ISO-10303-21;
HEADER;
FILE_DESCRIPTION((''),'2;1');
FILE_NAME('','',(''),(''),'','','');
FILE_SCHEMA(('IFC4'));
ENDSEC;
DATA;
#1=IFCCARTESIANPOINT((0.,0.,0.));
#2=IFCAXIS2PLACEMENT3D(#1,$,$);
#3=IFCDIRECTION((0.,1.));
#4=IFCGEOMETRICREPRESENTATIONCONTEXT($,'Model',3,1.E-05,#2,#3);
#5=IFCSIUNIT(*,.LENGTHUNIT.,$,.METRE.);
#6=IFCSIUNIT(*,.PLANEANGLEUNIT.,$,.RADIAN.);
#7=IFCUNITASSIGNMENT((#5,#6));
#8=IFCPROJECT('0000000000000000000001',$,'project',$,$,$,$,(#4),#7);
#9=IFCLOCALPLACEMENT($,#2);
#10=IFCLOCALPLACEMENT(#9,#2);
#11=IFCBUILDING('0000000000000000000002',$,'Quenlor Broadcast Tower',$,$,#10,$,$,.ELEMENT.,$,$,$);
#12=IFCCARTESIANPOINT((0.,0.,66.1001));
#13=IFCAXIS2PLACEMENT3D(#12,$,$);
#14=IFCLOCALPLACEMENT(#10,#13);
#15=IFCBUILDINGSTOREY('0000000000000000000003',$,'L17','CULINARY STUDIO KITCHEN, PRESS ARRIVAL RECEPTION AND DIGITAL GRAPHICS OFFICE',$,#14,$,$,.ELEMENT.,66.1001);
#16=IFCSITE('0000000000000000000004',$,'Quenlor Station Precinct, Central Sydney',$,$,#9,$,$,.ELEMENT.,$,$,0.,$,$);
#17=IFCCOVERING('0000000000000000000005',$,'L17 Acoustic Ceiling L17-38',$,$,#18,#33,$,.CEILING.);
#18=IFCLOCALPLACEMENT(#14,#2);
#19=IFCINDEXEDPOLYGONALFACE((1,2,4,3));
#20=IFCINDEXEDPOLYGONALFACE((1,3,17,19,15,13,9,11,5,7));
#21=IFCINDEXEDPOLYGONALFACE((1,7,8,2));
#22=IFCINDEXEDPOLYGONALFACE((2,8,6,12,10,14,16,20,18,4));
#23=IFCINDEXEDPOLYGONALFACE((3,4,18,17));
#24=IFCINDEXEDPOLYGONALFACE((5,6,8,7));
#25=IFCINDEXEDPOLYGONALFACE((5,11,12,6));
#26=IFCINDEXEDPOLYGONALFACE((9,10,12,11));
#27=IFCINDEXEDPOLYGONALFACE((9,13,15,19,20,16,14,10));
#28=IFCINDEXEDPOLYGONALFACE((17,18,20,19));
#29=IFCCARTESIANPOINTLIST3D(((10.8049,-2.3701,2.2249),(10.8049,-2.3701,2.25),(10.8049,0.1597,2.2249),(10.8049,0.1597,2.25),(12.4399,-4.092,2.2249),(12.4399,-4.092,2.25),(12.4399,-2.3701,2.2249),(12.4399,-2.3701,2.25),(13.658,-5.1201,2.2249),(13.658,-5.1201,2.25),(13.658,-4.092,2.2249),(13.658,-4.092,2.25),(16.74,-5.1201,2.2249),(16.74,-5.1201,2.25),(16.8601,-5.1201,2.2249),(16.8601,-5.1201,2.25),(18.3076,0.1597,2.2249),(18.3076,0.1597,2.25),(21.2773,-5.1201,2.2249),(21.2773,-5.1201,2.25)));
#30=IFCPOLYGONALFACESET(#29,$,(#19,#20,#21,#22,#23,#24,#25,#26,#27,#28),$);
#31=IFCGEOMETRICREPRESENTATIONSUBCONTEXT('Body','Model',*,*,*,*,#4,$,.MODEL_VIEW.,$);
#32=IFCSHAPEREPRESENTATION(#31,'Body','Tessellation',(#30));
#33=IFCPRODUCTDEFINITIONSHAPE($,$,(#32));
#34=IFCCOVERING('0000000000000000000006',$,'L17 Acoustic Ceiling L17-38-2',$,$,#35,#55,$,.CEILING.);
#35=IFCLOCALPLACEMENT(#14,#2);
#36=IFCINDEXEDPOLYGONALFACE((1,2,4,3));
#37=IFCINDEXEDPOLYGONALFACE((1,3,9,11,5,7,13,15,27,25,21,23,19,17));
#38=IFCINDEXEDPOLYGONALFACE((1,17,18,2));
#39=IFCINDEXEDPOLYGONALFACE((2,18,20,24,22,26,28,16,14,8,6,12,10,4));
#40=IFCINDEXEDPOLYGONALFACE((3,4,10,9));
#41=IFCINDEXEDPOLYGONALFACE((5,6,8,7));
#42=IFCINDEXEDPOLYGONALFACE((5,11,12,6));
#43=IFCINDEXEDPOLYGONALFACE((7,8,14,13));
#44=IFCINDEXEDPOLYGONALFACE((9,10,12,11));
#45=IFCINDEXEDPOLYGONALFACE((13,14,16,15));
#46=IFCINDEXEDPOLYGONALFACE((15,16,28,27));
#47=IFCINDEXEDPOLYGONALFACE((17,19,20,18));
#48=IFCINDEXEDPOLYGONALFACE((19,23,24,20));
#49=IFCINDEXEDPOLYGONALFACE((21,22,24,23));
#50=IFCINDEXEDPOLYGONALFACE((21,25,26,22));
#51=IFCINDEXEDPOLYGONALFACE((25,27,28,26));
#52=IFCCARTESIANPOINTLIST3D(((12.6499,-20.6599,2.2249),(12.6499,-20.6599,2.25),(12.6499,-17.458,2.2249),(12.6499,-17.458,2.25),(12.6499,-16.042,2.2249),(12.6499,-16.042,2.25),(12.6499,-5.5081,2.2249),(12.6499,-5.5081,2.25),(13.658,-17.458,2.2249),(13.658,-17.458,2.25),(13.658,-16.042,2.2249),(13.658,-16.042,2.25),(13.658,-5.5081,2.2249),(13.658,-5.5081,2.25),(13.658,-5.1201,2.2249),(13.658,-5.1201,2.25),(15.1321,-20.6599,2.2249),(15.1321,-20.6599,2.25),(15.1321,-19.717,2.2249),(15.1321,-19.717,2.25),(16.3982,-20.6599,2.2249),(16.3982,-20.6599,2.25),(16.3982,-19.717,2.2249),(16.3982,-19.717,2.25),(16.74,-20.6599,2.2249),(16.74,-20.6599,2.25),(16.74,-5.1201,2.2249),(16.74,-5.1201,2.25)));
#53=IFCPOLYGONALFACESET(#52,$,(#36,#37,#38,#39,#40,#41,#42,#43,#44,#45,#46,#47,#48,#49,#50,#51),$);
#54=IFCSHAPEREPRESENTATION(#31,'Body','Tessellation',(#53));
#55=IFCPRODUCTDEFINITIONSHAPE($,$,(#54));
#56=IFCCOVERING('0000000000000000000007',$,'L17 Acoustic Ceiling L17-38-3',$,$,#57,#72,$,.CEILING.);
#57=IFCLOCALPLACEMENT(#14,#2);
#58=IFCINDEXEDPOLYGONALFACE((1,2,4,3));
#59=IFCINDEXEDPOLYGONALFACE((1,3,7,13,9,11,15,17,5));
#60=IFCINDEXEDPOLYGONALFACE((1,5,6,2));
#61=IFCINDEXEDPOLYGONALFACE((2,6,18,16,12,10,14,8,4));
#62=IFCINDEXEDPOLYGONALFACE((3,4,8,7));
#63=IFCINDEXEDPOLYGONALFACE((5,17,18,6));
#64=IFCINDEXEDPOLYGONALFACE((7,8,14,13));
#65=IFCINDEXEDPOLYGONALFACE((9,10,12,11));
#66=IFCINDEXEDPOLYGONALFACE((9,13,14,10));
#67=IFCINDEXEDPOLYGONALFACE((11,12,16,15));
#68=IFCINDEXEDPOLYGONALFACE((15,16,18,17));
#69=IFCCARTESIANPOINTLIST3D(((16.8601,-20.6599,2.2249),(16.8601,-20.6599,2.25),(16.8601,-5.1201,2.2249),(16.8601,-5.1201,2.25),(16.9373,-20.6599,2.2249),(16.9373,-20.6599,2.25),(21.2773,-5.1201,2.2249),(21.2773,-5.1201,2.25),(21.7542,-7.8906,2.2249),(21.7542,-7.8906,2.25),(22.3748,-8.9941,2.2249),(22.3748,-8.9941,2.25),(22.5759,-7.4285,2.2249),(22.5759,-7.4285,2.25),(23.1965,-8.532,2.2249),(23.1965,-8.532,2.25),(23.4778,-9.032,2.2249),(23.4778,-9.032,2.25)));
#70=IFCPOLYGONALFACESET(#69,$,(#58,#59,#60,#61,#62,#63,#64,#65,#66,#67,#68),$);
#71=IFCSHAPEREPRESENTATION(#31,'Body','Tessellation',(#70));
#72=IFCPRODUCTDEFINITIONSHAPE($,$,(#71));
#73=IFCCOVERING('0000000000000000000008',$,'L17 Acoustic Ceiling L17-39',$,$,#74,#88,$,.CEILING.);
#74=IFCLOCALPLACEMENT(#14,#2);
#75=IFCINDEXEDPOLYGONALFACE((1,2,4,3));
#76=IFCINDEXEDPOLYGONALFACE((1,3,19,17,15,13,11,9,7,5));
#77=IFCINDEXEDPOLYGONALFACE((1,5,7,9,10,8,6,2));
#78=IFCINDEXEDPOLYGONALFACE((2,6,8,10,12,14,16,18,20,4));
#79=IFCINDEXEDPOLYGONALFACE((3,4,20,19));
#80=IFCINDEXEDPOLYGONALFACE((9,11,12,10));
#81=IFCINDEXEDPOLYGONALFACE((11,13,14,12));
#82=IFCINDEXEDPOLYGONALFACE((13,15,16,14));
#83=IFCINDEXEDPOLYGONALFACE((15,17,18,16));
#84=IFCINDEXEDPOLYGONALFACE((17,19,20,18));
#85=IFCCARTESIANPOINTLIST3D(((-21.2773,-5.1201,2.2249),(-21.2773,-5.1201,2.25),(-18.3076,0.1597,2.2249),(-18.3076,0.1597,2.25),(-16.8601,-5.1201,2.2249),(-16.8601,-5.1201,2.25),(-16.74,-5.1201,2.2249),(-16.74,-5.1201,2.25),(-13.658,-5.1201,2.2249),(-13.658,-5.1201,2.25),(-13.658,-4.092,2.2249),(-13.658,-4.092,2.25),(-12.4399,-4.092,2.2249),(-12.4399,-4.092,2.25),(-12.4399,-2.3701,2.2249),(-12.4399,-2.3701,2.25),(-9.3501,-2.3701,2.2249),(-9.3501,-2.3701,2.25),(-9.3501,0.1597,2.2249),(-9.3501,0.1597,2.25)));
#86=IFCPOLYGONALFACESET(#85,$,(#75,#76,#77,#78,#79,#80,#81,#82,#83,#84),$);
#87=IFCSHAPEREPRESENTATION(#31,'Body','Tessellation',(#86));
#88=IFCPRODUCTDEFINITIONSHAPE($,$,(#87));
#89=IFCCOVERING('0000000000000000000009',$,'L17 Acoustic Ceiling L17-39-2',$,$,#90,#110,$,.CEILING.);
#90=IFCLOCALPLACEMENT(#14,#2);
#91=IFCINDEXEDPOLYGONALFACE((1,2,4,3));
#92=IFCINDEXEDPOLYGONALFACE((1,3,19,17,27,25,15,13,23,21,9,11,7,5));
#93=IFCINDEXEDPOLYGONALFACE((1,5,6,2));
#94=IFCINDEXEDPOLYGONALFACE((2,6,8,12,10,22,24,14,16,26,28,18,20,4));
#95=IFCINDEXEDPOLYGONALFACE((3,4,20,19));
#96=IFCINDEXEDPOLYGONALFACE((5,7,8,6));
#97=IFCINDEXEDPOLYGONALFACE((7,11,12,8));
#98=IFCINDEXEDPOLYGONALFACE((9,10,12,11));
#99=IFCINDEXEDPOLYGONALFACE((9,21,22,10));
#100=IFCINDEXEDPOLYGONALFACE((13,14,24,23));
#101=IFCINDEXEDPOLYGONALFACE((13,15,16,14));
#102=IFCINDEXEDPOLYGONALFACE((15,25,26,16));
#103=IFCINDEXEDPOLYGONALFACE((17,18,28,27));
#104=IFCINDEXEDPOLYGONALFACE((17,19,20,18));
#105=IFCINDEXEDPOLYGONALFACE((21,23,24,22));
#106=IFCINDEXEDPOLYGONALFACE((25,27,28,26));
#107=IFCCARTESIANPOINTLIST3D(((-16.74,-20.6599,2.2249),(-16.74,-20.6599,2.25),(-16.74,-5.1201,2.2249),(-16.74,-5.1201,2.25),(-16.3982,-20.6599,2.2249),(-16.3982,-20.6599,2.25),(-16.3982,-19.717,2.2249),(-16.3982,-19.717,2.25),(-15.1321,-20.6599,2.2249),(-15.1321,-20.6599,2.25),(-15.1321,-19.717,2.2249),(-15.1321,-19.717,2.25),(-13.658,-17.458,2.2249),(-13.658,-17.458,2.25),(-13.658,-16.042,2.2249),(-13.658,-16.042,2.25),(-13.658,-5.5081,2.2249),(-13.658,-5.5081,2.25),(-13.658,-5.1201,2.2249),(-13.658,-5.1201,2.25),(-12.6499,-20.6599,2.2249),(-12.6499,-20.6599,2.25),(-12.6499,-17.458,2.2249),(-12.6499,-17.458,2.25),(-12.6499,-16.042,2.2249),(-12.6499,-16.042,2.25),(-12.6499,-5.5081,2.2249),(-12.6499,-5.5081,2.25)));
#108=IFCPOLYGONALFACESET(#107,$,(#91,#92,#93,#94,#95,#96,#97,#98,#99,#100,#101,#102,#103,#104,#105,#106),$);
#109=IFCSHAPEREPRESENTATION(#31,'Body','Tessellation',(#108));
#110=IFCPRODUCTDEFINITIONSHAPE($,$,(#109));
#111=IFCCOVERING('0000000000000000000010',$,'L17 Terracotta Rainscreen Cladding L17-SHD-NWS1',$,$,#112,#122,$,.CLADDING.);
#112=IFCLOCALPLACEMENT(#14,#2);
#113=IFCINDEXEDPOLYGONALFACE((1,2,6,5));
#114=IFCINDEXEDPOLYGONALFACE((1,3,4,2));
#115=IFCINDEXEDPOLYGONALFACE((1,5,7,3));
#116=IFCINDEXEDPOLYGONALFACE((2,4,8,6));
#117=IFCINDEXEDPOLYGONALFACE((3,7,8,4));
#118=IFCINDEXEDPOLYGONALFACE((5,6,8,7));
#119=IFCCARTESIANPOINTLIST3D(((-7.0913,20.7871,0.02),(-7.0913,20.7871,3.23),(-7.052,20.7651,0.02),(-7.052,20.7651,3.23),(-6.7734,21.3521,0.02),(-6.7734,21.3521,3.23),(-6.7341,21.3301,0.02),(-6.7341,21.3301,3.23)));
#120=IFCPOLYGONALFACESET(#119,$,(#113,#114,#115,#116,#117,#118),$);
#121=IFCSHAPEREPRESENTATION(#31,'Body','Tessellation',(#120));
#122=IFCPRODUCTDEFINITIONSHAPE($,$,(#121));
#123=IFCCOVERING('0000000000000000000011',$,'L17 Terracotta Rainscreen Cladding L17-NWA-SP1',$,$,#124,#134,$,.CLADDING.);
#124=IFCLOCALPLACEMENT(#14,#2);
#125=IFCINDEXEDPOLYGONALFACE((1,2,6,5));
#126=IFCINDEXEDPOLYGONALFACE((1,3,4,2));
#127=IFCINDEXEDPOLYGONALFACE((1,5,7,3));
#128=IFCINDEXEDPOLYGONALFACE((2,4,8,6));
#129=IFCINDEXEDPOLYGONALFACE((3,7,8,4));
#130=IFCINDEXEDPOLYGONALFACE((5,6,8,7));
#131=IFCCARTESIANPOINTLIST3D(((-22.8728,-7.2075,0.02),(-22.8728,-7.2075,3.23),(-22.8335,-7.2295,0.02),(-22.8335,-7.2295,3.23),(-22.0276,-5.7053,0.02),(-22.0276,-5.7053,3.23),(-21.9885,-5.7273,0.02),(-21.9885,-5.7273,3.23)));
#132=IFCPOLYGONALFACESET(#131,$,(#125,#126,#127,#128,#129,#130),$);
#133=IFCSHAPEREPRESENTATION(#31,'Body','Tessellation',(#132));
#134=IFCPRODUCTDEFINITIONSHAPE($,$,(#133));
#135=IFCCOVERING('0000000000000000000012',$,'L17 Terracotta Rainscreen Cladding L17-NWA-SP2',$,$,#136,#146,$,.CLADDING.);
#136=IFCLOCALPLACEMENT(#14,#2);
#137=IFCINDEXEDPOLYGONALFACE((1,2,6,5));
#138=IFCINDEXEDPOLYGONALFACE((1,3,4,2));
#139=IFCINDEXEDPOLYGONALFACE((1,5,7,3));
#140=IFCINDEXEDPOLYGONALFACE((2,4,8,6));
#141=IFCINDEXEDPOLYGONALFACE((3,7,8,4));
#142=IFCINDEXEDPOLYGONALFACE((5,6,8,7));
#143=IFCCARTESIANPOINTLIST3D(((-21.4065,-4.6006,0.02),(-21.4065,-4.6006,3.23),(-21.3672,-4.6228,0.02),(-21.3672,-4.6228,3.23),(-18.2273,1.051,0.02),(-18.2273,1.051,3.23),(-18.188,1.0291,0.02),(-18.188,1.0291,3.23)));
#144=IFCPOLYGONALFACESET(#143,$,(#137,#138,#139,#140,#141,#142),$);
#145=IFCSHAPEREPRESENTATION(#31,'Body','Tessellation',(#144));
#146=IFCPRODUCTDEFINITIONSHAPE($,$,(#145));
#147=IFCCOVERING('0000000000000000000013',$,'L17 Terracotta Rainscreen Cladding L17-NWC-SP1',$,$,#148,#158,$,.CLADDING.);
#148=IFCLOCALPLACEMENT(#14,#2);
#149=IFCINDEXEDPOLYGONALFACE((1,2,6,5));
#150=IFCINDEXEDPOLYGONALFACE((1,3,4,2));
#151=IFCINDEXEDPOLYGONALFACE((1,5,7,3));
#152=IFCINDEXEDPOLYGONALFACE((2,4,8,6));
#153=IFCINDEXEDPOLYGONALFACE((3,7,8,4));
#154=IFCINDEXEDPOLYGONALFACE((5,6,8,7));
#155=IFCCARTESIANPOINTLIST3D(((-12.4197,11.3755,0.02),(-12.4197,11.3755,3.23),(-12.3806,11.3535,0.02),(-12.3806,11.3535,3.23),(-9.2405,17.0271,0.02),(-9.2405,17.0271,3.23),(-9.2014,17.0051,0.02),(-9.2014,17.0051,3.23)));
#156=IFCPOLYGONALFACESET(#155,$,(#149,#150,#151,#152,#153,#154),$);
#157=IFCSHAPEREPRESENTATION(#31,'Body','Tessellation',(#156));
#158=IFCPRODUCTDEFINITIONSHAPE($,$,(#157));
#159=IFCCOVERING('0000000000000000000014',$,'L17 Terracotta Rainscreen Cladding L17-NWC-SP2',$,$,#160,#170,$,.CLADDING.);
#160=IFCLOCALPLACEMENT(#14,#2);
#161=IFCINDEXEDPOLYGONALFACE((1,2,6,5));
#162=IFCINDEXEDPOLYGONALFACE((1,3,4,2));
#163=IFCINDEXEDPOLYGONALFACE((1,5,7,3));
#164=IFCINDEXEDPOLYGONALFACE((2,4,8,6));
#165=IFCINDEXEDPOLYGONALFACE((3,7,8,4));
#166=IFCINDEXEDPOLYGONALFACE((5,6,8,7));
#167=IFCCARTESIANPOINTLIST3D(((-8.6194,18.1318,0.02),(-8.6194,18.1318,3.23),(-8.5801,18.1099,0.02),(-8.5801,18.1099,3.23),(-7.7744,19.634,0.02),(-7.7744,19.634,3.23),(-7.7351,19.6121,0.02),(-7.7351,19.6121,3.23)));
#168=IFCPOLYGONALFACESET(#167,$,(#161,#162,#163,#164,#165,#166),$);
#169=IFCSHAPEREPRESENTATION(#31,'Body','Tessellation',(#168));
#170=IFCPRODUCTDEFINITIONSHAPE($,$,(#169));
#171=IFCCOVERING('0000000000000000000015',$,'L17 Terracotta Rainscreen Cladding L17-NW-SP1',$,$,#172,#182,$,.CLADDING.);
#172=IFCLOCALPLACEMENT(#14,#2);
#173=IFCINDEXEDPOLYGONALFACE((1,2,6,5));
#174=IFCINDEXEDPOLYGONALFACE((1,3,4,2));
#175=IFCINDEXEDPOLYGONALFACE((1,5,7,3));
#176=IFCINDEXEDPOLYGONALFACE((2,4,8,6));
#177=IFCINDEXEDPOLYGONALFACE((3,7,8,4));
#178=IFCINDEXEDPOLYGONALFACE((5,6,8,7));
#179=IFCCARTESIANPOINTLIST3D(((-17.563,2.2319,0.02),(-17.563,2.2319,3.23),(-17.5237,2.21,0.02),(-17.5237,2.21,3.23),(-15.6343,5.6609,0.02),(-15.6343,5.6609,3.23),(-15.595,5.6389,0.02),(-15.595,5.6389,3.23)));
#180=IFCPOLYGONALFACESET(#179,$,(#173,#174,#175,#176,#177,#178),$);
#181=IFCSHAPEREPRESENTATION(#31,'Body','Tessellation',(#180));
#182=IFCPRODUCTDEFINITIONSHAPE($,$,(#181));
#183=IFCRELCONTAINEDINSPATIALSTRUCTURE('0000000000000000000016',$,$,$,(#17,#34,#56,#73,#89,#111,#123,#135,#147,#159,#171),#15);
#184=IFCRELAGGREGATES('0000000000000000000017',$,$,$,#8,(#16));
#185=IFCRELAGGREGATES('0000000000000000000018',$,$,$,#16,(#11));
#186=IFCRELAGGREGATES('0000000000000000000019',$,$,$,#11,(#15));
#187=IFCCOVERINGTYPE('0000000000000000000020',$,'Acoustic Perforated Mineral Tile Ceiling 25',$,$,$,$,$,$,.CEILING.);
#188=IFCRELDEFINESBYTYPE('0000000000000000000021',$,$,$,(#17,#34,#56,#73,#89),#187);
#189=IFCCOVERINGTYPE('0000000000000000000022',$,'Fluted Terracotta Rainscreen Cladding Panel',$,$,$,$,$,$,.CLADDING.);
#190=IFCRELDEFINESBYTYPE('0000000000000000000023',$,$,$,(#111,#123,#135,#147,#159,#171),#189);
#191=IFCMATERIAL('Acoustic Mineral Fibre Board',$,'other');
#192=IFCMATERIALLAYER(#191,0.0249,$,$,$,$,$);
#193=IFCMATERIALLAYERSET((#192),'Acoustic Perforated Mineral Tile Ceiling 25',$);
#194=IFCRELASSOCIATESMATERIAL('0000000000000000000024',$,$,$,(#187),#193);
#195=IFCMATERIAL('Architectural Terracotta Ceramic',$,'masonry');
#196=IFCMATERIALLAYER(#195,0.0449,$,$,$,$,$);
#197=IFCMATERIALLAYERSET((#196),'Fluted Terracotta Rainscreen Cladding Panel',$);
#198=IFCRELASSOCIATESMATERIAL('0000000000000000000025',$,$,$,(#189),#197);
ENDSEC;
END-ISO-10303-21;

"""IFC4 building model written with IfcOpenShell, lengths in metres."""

from ifc_helpers import new_model, si_unit, direction, frame, origin, place, context, subcontext, project, spatial, polyline, outline, extrude, material, layer, layer_set, type_object, element, save


model = new_model("IFC4")

# Units and contexts
model_context = context("Model", 3, precision=1e-05, world=origin(), true_north=direction((0.0, 1.0)))
body_context = subcontext(model_context, "Body", "Model", "MODEL_VIEW")
ifc_project = project(units=[si_unit("LENGTHUNIT", "METRE"), si_unit("PLANEANGLEUNIT", "RADIAN")], contexts=[model_context])

# Site, building, storey
site_placement = place(None, origin())
site = spatial("IfcSite", under=ifc_project, at=site_placement, Name="Quenlor Station Precinct, Central Sydney", CompositionType="ELEMENT", RefElevation=0.0)
building_placement = place(site_placement, origin())
building = spatial("IfcBuilding", under=site, at=building_placement, Name="Quenlor Broadcast Tower", CompositionType="ELEMENT")
storey_placement = place(building_placement, frame((0.0, 0.0, 66.1001)))
storey = spatial("IfcBuildingStorey", under=building, at=storey_placement, Name="L17", Description="CULINARY STUDIO KITCHEN, PRESS ARRIVAL RECEPTION AND DIGITAL GRAPHICS OFFICE", CompositionType="ELEMENT", Elevation=66.1001)

# Coverings
ifc_material_1 = material(Name="Acoustic Mineral Fibre Board", Category="other")
ifc_layer_1 = layer(ifc_material_1, 0.0249)
ifc_layer_set_1 = layer_set([ifc_layer_1], Name="Acoustic Perforated Mineral Tile Ceiling 25")
covering_type_1 = type_object("IfcCoveringType", Name="Acoustic Perforated Mineral Tile Ceiling 25", PredefinedType="CEILING", material=ifc_layer_set_1)
covering_1_placement = place(storey_placement, frame((0.0, 0.0, 2.2249)))
element("IfcCovering", 1, at=covering_1_placement, inside=storey, type_object=covering_type_1, Name="L17 Acoustic Ceiling L17-38", PredefinedType="CEILING", context=body_context, shape_type="SweptSolid", body=[
    extrude(outline(polyline([(13.658, -4.092), (12.4399, -4.092), (12.4399, -2.3701), (10.8049, -2.3701), (10.8049, 0.1597), (18.3076, 0.1597), (21.2773, -5.1201), (16.8601, -5.1201), (16.74, -5.1201), (13.658, -5.1201), (13.658, -4.092)])), origin(), (0.0, 0.0, 1.0), 0.0251),
])
covering_2_placement = place(storey_placement, frame((0.0, 0.0, 2.2249)))
element("IfcCovering", 2, at=covering_2_placement, inside=storey, type_object=covering_type_1, Name="L17 Acoustic Ceiling L17-38-2", PredefinedType="CEILING", context=body_context, shape_type="SweptSolid", body=[
    extrude(outline(polyline([(13.658, -5.1201), (16.74, -5.1201), (16.74, -20.6599), (16.3982, -20.6599), (16.3982, -19.717), (15.1321, -19.717), (15.1321, -20.6599), (12.6499, -20.6599), (12.6499, -17.458), (13.658, -17.458), (13.658, -16.042), (12.6499, -16.042), (12.6499, -5.5081), (13.658, -5.5081), (13.658, -5.1201)])), origin(), (0.0, 0.0, 1.0), 0.0251),
])
covering_3_placement = place(storey_placement, frame((0.0, 0.0, 2.2249)))
element("IfcCovering", 3, at=covering_3_placement, inside=storey, type_object=covering_type_1, Name="L17 Acoustic Ceiling L17-38-3", PredefinedType="CEILING", context=body_context, shape_type="SweptSolid", body=[
    extrude(outline(polyline([(22.5759, -7.4285), (21.7542, -7.8906), (22.3748, -8.9941), (23.1965, -8.532), (23.4778, -9.032), (16.9373, -20.6599), (16.8601, -20.6599), (16.8601, -5.1201), (21.2773, -5.1201), (22.5759, -7.4285)])), origin(), (0.0, 0.0, 1.0), 0.0251),
])
covering_4_placement = place(storey_placement, frame((0.0, 0.0, 2.2249)))
element("IfcCovering", 4, at=covering_4_placement, inside=storey, type_object=covering_type_1, Name="L17 Acoustic Ceiling L17-39", PredefinedType="CEILING", context=body_context, shape_type="SweptSolid", body=[
    extrude(outline(polyline([(-12.4399, -4.092), (-13.658, -4.092), (-13.658, -5.1201), (-16.74, -5.1201), (-16.8601, -5.1201), (-21.2773, -5.1201), (-18.3076, 0.1597), (-9.3501, 0.1597), (-9.3501, -2.3701), (-12.4399, -2.3701), (-12.4399, -4.092)])), origin(), (0.0, 0.0, 1.0), 0.0251),
])
covering_5_placement = place(storey_placement, frame((0.0, 0.0, 2.2249)))
element("IfcCovering", 5, at=covering_5_placement, inside=storey, type_object=covering_type_1, Name="L17 Acoustic Ceiling L17-39-2", PredefinedType="CEILING", context=body_context, shape_type="SweptSolid", body=[
    extrude(outline(polyline([(-13.658, -5.5081), (-12.6499, -5.5081), (-12.6499, -16.042), (-13.658, -16.042), (-13.658, -17.458), (-12.6499, -17.458), (-12.6499, -20.6599), (-15.1321, -20.6599), (-15.1321, -19.717), (-16.3982, -19.717), (-16.3982, -20.6599), (-16.74, -20.6599), (-16.74, -5.1201), (-13.658, -5.1201), (-13.658, -5.5081)])), origin(), (0.0, 0.0, 1.0), 0.0251),
])
ifc_material_2 = material(Name="Architectural Terracotta Ceramic", Category="masonry")
ifc_layer_2 = layer(ifc_material_2, 0.0449)
ifc_layer_set_2 = layer_set([ifc_layer_2], Name="Fluted Terracotta Rainscreen Cladding Panel")
covering_type_2 = type_object("IfcCoveringType", Name="Fluted Terracotta Rainscreen Cladding Panel", PredefinedType="CLADDING", material=ifc_layer_set_2)
covering_6_placement = place(storey_placement, frame((0.0, 0.0, 0.02)))
element("IfcCovering", 6, at=covering_6_placement, inside=storey, type_object=covering_type_2, Name="L17 Terracotta Rainscreen Cladding L17-SHD-NWS1", PredefinedType="CLADDING", context=body_context, shape_type="SweptSolid", body=[
    extrude(outline(polyline([(-7.052, 20.7651), (-6.7341, 21.3301), (-6.7734, 21.3521), (-7.0913, 20.7871), (-7.052, 20.7651)])), origin(), (0.0, 0.0, 1.0), 3.21),
])
covering_7_placement = place(storey_placement, frame((0.0, 0.0, 0.02)))
element("IfcCovering", 7, at=covering_7_placement, inside=storey, type_object=covering_type_2, Name="L17 Terracotta Rainscreen Cladding L17-NWA-SP1", PredefinedType="CLADDING", context=body_context, shape_type="SweptSolid", body=[
    extrude(outline(polyline([(-22.8335, -7.2295), (-21.9885, -5.7273), (-22.0276, -5.7053), (-22.8728, -7.2075), (-22.8335, -7.2295)])), origin(), (0.0, 0.0, 1.0), 3.21),
])
covering_8_placement = place(storey_placement, frame((0.0, 0.0, 0.02)))
element("IfcCovering", 8, at=covering_8_placement, inside=storey, type_object=covering_type_2, Name="L17 Terracotta Rainscreen Cladding L17-NWA-SP2", PredefinedType="CLADDING", context=body_context, shape_type="SweptSolid", body=[
    extrude(outline(polyline([(-21.3672, -4.6228), (-18.188, 1.0291), (-18.2273, 1.051), (-21.4065, -4.6006), (-21.3672, -4.6228)])), origin(), (0.0, 0.0, 1.0), 3.21),
])
covering_9_placement = place(storey_placement, frame((0.0, 0.0, 0.02)))
element("IfcCovering", 9, at=covering_9_placement, inside=storey, type_object=covering_type_2, Name="L17 Terracotta Rainscreen Cladding L17-NWC-SP1", PredefinedType="CLADDING", context=body_context, shape_type="SweptSolid", body=[
    extrude(outline(polyline([(-12.3806, 11.3535), (-9.2014, 17.0051), (-9.2405, 17.0271), (-12.4197, 11.3755), (-12.3806, 11.3535)])), origin(), (0.0, 0.0, 1.0), 3.21),
])
covering_10_placement = place(storey_placement, frame((0.0, 0.0, 0.02)))
element("IfcCovering", 10, at=covering_10_placement, inside=storey, type_object=covering_type_2, Name="L17 Terracotta Rainscreen Cladding L17-NWC-SP2", PredefinedType="CLADDING", context=body_context, shape_type="SweptSolid", body=[
    extrude(outline(polyline([(-8.5801, 18.1099), (-7.7351, 19.6121), (-7.7744, 19.634), (-8.6194, 18.1318), (-8.5801, 18.1099)])), origin(), (0.0, 0.0, 1.0), 3.21),
])
covering_11_placement = place(storey_placement, frame((0.0, 0.0, 0.02)))
element("IfcCovering", 11, at=covering_11_placement, inside=storey, type_object=covering_type_2, Name="L17 Terracotta Rainscreen Cladding L17-NW-SP1", PredefinedType="CLADDING", context=body_context, shape_type="SweptSolid", body=[
    extrude(outline(polyline([(-17.5237, 2.21), (-15.595, 5.6389), (-15.6343, 5.6609), (-17.563, 2.2319), (-17.5237, 2.21)])), origin(), (0.0, 0.0, 1.0), 3.21),
])

save(model, "model.ifc")
